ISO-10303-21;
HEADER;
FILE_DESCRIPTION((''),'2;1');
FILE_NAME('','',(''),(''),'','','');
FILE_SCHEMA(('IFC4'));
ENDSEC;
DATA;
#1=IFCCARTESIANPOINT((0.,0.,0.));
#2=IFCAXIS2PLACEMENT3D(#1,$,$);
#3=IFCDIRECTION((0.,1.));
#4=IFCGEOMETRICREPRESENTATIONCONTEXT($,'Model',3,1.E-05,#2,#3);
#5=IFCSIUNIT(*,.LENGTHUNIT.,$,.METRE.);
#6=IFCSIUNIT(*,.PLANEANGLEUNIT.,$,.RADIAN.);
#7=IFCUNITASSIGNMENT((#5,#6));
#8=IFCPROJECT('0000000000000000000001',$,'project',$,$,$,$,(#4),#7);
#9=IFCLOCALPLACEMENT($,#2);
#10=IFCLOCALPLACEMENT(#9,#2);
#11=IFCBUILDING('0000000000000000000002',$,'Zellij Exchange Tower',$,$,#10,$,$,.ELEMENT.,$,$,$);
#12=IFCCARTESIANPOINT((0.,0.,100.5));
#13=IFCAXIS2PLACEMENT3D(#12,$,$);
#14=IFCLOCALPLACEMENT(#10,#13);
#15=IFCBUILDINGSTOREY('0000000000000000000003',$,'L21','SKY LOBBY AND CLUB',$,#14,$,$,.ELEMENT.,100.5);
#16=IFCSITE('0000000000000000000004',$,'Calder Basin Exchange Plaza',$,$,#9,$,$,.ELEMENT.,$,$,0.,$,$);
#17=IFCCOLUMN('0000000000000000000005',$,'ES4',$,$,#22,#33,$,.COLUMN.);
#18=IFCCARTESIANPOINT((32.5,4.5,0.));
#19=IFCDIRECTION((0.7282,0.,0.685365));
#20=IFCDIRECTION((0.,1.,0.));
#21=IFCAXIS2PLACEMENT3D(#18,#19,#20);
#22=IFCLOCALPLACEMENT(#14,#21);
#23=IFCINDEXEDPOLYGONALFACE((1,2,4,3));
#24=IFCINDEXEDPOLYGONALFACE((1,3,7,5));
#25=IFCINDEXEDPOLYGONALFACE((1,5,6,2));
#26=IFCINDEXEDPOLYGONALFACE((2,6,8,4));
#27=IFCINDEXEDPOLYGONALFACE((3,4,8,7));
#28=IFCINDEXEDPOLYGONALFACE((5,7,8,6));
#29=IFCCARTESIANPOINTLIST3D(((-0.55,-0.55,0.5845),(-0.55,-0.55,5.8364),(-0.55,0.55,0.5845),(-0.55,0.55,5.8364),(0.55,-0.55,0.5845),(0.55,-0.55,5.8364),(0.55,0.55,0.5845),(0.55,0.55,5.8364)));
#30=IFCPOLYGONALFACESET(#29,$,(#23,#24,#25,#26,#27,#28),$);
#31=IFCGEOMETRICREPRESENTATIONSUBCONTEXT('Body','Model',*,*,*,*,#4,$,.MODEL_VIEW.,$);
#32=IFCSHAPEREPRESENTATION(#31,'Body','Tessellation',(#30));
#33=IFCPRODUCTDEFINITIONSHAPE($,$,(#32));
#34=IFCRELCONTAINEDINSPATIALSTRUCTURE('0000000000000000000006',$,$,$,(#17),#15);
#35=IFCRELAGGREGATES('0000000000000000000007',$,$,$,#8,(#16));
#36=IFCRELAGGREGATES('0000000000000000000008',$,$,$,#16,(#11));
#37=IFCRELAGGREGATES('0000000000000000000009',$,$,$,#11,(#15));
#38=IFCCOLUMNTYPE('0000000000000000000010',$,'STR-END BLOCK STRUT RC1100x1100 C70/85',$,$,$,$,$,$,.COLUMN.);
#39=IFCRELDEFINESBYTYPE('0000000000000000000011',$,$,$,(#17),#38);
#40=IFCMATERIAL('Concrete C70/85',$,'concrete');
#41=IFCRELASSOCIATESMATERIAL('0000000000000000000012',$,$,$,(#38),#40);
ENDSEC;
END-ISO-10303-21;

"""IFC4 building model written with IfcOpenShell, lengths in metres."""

from ifc_helpers import new_model, si_unit, direction, frame, origin, origin_2d, place, context, subcontext, project, spatial, rectangle, extrude, clip, halfspace, material, material_profile, profile_set, type_object, element, save


model = new_model("IFC4")

# Units and contexts
model_context = context("Model", 3, precision=1e-05, world=origin(), true_north=direction((0.0, 1.0)))
body_context = subcontext(model_context, "Body", "Model", "MODEL_VIEW")
ifc_project = project(units=[si_unit("LENGTHUNIT", "METRE"), si_unit("PLANEANGLEUNIT", "RADIAN")], contexts=[model_context])

# Site, building, storey
site_placement = place(None, origin())
site = spatial("IfcSite", under=ifc_project, at=site_placement, Name="Calder Basin Exchange Plaza", CompositionType="ELEMENT", RefElevation=0.0)
building_placement = place(site_placement, origin())
building = spatial("IfcBuilding", under=site, at=building_placement, Name="Zellij Exchange Tower", CompositionType="ELEMENT")
storey_placement = place(building_placement, frame((0.0, 0.0, 100.5)))
storey = spatial("IfcBuildingStorey", under=building, at=storey_placement, Name="L21", Description="SKY LOBBY AND CLUB", CompositionType="ELEMENT", Elevation=100.5)

# Column
ifc_material_1 = material(Name="Concrete C70/85", Category="concrete")
ifc_material_profile_1 = material_profile(ifc_material_1, rectangle(XDim=1.1001, YDim=1.1001, at=origin_2d()), Name="STR-END BLOCK STRUT RC1100x1100 C70/85")
ifc_profile_set_1 = profile_set([ifc_material_profile_1], Name="Concrete C70/85")
column_type_1 = type_object("IfcColumnType", Name="STR-END BLOCK STRUT RC1100x1100 C70/85", PredefinedType="COLUMN", material=ifc_profile_set_1)
column_1_placement = place(storey_placement, frame((32.5, 4.5, 0.0), z_axis=(0.7282, 0.0, 0.685365), x_axis=(0.0, 1.0, 0.0)))
element("IfcColumn", 1, at=column_1_placement, inside=storey, type_object=column_type_1, Name="ES4", PredefinedType="COLUMN", context=body_context, shape_type="Clipping", body=[
    clip(extrude(rectangle(XDim=1.1001, YDim=1.1001, at=origin_2d()), origin(), (0.0, 0.0, 1.0), 5.8364), halfspace(frame((0.0, 0.0, 0.5845)), True)),
])

save(model, "model.ifc")
